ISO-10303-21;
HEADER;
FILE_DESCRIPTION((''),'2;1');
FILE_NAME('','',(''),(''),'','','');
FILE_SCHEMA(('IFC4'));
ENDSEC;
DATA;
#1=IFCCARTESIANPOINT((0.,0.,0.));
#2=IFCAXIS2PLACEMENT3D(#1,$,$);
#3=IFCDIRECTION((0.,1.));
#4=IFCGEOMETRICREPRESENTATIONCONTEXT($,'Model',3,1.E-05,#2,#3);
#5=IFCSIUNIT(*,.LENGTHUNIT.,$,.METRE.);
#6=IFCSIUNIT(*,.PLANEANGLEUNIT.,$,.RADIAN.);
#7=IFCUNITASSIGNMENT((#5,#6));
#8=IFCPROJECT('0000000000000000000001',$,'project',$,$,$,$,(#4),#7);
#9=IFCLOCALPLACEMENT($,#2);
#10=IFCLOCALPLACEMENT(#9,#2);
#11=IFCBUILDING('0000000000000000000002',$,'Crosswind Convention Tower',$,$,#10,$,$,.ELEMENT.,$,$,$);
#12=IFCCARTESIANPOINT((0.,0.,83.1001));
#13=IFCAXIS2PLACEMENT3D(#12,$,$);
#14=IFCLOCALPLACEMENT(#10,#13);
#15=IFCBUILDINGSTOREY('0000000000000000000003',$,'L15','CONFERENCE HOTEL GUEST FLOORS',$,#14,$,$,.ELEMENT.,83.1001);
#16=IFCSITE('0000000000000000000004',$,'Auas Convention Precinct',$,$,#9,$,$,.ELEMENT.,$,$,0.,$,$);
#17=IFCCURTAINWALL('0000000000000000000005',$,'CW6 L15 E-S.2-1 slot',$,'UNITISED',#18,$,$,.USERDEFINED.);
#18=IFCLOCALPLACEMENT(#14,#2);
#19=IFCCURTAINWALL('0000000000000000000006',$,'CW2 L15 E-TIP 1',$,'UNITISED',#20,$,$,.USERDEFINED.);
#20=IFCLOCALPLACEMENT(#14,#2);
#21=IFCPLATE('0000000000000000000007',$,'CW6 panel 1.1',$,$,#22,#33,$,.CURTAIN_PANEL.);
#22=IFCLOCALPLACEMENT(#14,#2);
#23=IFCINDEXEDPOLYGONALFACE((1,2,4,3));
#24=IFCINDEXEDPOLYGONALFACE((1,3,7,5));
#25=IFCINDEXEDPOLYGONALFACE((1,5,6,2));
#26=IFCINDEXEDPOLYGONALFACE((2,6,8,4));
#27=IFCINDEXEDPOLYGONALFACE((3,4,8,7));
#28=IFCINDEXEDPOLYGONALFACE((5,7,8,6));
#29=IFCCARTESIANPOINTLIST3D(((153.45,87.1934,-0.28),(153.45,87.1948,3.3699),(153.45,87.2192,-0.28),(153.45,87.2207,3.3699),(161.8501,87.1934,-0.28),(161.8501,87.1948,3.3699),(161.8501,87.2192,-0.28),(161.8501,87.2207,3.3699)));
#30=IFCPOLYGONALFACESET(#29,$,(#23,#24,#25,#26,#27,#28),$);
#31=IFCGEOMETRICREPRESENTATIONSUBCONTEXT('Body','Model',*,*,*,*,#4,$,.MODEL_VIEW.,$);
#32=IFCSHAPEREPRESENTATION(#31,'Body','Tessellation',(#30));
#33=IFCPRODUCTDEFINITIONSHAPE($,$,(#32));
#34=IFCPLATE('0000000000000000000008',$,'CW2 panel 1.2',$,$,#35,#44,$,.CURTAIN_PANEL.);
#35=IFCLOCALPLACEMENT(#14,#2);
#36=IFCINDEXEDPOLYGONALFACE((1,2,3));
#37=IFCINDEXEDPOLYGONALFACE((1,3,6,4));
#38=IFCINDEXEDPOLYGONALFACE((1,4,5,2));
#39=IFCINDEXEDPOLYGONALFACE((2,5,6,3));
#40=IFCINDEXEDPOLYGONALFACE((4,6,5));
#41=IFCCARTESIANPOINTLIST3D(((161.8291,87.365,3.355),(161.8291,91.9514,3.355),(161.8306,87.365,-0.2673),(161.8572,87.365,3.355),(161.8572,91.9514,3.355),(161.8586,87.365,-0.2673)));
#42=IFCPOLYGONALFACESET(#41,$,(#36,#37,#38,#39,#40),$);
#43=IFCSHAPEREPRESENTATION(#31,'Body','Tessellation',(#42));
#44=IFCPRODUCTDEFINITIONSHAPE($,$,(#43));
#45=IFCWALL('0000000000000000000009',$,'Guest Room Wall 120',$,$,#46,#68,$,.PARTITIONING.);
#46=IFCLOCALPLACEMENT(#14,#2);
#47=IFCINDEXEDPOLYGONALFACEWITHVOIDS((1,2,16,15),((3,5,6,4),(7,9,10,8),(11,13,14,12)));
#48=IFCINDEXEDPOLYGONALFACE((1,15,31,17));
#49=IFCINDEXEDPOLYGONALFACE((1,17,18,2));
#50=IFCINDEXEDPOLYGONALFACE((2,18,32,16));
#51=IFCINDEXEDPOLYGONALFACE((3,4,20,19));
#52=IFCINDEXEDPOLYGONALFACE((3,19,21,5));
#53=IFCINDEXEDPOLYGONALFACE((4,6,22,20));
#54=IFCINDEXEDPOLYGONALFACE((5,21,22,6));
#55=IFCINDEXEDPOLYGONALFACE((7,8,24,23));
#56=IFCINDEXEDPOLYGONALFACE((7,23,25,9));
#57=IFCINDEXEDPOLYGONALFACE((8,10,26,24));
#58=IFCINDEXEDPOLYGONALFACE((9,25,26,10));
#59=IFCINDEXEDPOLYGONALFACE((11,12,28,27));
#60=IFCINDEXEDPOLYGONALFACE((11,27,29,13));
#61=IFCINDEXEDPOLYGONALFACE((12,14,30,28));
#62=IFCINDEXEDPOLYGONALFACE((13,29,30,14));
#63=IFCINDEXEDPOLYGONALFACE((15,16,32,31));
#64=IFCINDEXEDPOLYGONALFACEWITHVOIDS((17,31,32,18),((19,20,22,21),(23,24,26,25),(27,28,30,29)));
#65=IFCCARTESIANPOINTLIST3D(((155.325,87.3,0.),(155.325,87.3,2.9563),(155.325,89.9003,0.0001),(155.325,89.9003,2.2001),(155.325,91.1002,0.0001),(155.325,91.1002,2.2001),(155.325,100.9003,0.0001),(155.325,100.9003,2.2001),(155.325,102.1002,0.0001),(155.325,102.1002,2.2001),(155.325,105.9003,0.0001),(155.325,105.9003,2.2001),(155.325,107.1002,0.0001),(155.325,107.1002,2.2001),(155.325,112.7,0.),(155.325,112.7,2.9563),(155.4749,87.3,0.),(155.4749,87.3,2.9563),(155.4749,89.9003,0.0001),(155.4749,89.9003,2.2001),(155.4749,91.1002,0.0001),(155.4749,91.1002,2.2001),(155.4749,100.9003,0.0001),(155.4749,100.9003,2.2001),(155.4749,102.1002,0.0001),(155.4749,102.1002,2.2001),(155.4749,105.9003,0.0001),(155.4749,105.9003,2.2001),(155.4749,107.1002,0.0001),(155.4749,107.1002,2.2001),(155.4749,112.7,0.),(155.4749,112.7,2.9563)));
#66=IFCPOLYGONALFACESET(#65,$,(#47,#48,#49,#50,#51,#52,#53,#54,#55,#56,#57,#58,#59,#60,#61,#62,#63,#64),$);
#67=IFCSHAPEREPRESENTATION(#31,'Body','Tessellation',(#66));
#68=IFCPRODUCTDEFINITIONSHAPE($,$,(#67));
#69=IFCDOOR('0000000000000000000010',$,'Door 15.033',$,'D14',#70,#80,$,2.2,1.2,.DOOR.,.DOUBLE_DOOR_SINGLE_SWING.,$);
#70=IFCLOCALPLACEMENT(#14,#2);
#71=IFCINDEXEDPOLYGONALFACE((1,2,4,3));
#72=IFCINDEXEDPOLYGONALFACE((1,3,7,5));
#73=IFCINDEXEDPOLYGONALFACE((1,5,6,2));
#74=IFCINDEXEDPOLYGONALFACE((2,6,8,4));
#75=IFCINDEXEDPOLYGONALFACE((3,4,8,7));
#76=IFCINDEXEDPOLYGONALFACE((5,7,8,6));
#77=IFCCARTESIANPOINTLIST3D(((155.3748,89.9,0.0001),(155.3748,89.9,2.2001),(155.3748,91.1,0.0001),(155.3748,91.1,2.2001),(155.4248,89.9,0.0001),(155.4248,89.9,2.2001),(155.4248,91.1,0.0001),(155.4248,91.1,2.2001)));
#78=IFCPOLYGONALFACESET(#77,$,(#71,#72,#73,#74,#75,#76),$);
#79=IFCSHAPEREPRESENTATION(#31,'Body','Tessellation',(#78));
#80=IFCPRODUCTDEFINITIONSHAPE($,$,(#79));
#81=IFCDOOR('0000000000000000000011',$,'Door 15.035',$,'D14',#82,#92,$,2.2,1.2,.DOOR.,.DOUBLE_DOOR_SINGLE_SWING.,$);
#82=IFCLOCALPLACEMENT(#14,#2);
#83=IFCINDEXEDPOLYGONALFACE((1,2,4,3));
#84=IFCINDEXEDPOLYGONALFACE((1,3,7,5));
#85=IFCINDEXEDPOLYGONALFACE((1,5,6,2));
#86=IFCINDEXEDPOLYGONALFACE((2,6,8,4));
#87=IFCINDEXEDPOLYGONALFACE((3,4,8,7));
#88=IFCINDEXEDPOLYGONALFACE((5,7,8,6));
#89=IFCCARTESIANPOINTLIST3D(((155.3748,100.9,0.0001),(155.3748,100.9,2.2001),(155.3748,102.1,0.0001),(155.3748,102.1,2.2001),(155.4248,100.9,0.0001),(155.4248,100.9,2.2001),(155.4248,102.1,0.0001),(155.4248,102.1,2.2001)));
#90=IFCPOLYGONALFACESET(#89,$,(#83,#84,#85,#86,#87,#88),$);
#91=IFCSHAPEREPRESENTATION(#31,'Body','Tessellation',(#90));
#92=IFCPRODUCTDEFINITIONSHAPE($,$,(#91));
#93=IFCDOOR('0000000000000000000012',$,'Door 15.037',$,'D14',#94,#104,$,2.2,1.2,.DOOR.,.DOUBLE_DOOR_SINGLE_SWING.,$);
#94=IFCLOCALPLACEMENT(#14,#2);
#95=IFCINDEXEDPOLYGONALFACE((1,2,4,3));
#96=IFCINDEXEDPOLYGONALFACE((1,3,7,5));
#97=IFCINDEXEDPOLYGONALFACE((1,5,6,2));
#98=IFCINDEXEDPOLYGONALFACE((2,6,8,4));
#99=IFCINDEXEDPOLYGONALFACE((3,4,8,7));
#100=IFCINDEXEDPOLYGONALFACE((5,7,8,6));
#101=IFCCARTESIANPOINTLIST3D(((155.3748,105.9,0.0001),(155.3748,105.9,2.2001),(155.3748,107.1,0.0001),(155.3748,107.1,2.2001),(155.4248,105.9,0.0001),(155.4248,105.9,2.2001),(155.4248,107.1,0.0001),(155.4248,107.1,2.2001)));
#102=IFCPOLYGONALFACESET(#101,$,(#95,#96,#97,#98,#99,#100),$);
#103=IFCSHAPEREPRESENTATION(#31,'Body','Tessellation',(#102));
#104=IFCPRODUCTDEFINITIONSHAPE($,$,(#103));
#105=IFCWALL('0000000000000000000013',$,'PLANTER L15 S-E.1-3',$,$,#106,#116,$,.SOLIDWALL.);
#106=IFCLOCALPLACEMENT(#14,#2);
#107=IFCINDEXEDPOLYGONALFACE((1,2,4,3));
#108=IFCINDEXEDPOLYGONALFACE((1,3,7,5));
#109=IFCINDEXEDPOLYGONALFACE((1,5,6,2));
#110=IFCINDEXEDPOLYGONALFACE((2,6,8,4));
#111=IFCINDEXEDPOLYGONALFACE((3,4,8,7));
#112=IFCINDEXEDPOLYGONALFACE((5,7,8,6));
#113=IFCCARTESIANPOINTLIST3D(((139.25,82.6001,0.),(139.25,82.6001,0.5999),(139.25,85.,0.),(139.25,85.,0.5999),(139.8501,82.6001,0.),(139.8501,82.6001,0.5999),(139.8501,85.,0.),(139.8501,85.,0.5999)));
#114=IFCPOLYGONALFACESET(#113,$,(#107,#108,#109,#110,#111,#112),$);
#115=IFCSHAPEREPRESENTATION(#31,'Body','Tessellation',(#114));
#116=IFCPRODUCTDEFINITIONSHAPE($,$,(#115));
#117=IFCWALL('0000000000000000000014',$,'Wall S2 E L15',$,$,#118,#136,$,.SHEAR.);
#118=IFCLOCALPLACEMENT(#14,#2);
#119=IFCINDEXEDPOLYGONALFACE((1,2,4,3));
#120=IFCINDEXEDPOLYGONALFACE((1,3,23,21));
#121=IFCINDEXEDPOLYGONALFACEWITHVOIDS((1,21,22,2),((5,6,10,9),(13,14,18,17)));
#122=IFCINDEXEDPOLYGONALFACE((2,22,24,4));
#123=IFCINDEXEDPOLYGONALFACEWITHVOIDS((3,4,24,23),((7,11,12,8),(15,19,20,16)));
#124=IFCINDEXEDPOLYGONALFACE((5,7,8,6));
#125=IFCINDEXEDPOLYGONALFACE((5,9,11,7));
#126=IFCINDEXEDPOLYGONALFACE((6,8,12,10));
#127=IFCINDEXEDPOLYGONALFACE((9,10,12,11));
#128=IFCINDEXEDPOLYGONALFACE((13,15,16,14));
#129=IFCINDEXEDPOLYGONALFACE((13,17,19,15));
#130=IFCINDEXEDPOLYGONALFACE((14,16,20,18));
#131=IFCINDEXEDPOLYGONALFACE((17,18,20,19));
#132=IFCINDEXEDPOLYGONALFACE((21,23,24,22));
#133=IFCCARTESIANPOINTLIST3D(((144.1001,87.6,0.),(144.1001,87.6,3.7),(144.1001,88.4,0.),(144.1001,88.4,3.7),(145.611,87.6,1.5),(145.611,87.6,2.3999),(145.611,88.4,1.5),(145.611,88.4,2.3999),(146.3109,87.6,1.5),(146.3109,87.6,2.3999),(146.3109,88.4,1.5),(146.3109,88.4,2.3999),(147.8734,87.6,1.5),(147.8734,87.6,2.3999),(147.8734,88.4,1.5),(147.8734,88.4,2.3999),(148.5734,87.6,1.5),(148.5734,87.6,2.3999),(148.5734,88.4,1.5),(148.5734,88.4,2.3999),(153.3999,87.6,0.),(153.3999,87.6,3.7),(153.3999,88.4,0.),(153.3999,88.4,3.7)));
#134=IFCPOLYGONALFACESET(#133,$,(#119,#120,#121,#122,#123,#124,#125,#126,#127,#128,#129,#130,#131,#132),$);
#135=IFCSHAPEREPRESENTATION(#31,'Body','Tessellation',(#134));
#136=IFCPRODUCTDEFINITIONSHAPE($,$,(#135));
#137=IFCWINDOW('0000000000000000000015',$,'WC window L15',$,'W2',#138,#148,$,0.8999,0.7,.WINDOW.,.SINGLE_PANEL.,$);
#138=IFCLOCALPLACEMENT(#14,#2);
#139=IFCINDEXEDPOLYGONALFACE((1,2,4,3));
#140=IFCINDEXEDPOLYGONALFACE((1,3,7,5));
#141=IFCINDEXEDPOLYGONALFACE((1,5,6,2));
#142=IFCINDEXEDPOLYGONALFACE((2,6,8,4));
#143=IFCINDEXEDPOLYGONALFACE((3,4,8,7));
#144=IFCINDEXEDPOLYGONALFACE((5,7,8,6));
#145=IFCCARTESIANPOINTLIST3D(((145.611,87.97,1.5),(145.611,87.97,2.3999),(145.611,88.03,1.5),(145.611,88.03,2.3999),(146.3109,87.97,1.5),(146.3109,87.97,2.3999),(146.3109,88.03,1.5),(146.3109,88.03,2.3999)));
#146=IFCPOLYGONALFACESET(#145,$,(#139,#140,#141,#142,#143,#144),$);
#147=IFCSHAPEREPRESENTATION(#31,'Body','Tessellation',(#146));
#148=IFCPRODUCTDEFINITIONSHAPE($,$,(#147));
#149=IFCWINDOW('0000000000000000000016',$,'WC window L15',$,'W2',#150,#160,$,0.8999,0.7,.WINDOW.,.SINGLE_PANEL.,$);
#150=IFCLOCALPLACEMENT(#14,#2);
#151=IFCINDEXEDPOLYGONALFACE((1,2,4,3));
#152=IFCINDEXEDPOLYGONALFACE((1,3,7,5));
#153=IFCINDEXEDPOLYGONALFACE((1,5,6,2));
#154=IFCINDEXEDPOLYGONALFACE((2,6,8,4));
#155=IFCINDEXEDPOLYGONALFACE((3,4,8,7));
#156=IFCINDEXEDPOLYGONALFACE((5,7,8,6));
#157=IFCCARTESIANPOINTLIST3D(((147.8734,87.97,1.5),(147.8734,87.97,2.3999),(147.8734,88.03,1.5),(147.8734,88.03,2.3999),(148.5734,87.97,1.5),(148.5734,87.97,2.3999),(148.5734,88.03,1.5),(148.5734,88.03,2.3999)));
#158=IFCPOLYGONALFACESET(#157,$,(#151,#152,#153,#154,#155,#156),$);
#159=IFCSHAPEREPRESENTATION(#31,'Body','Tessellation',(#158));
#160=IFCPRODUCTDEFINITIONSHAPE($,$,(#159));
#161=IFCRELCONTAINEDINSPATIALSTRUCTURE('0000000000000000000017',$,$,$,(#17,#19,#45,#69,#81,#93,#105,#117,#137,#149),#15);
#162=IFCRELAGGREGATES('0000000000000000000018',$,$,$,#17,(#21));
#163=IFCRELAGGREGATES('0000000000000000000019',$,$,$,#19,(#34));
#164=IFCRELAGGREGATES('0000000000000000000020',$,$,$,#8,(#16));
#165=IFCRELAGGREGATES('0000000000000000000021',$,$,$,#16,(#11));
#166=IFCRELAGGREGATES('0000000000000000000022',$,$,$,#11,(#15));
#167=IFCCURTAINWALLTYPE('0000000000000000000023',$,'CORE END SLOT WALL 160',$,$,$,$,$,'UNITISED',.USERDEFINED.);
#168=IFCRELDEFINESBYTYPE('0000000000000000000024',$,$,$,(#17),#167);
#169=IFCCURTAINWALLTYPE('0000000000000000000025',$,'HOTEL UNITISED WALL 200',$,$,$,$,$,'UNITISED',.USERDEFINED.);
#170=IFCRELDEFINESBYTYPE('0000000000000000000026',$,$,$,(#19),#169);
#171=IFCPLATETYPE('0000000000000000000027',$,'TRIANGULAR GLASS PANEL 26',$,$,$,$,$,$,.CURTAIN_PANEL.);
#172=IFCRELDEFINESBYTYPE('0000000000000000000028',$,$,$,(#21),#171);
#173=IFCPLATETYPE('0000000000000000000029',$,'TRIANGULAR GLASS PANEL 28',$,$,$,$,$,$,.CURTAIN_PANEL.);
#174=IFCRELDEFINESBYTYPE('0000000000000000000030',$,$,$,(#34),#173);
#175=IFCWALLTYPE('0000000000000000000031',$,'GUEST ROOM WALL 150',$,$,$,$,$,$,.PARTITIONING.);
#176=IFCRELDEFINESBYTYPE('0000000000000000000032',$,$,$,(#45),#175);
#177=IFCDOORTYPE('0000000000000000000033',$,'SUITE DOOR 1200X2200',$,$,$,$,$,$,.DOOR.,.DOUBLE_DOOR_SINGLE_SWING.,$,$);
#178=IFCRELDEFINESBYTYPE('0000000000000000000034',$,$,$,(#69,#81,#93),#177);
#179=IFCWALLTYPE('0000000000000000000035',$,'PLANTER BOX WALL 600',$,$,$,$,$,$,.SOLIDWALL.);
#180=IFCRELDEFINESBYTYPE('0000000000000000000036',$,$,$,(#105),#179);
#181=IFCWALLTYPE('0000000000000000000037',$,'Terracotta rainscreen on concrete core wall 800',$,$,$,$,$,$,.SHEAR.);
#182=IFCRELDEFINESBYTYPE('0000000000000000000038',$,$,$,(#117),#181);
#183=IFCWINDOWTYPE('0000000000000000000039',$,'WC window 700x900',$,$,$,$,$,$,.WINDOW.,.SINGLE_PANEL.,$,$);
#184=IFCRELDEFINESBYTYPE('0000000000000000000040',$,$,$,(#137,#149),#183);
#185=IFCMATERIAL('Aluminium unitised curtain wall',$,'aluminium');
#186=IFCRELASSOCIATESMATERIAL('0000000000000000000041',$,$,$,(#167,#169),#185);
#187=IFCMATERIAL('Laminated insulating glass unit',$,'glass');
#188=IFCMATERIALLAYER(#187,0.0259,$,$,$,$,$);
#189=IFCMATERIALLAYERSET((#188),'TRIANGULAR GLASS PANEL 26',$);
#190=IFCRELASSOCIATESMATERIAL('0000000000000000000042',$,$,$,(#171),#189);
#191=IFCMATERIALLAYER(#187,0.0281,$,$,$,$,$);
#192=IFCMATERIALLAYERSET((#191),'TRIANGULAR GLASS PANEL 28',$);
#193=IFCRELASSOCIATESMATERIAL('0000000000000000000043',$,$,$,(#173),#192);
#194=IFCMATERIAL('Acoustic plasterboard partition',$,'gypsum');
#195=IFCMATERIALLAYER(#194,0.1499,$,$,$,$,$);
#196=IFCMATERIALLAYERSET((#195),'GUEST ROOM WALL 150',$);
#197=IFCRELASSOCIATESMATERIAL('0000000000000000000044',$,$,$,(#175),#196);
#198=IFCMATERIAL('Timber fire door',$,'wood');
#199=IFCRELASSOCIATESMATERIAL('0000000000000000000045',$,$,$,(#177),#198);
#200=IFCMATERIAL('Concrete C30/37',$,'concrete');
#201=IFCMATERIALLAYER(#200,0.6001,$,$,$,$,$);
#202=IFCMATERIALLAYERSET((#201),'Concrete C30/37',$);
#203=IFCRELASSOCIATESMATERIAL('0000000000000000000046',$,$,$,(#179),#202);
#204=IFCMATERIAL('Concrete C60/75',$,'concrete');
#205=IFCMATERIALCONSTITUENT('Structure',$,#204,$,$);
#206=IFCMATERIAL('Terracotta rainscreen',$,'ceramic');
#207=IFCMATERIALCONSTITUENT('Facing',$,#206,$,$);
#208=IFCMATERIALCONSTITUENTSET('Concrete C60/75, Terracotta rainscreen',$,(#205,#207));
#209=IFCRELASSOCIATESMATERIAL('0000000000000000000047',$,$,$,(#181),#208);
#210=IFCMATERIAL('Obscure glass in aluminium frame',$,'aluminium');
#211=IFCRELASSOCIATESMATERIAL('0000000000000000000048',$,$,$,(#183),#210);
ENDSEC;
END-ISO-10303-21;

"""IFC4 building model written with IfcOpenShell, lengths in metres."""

from ifc_helpers import new_model, si_unit, direction, frame, frame_2d, origin, place, context, subcontext, project, spatial, polyline, rectangle, outline, extrude, material, layer, layer_set, constituent, constituent_set, type_object, element, fill, aggregate, save


model = new_model("IFC4")

# Units and contexts
model_context = context("Model", 3, precision=1e-05, world=origin(), true_north=direction((0.0, 1.0)))
body_context = subcontext(model_context, "Body", "Model", "MODEL_VIEW")
ifc_project = project(units=[si_unit("LENGTHUNIT", "METRE"), si_unit("PLANEANGLEUNIT", "RADIAN")], contexts=[model_context])

# Site, building, storey
site_placement = place(None, origin())
site = spatial("IfcSite", under=ifc_project, at=site_placement, Name="Auas Convention Precinct", CompositionType="ELEMENT", RefElevation=0.0)
building_placement = place(site_placement, origin())
building = spatial("IfcBuilding", under=site, at=building_placement, Name="Crosswind Convention Tower", CompositionType="ELEMENT")
storey_placement = place(building_placement, frame((0.0, 0.0, 83.1001)))
storey = spatial("IfcBuildingStorey", under=building, at=storey_placement, Name="L15", Description="CONFERENCE HOTEL GUEST FLOORS", CompositionType="ELEMENT", Elevation=83.1001)

# Shared definitions
ifc_material_1 = material(Name="Concrete C60/75", Category="concrete")

# Curtain wall
ifc_material_2 = material(Name="Aluminium unitised curtain wall", Category="aluminium")
curtain_wall_type_1 = type_object("IfcCurtainWallType", Name="CORE END SLOT WALL 160", ElementType="UNITISED", PredefinedType="USERDEFINED", material=ifc_material_2)
curtain_wall_1_placement = place(storey_placement, origin())
curtain_wall_1 = element("IfcCurtainWall", 1, at=curtain_wall_1_placement, inside=storey, type_object=curtain_wall_type_1, Name="CW6 L15 E-S.2-1 slot", ObjectType="UNITISED", PredefinedType="USERDEFINED")

# Curtain wall
curtain_wall_type_2 = type_object("IfcCurtainWallType", Name="HOTEL UNITISED WALL 200", ElementType="UNITISED", PredefinedType="USERDEFINED", material=ifc_material_2)
curtain_wall_2_placement = place(storey_placement, origin())
curtain_wall_2 = element("IfcCurtainWall", 2, at=curtain_wall_2_placement, inside=storey, type_object=curtain_wall_type_2, Name="CW2 L15 E-TIP 1", ObjectType="UNITISED", PredefinedType="USERDEFINED")

# Plates
ifc_material_3 = material(Name="Laminated insulating glass unit", Category="glass")
ifc_layer_1 = layer(ifc_material_3, 0.0259)
ifc_layer_set_1 = layer_set([ifc_layer_1], Name="TRIANGULAR GLASS PANEL 26")
plate_type_1 = type_object("IfcPlateType", Name="TRIANGULAR GLASS PANEL 26", PredefinedType="CURTAIN_PANEL", material=ifc_layer_set_1)
plate_1_placement = place(storey_placement, frame((153.45, 87.1934, -0.28), z_axis=(0.0, -1.0, 0.000401), x_axis=(1.0, 0.0, 0.0)))
plate_1 = element("IfcPlate", 3, at=plate_1_placement, type_object=plate_type_1, Name="CW6 panel 1.1", PredefinedType="CURTAIN_PANEL", context=body_context, shape_type="SweptSolid", body=[
    extrude(outline(polyline([(0.0, 0.0), (8.4001, 0.0), (8.4001, 3.6499), (0.0, 3.6499), (0.0, 0.0)])), origin(), (0.0, 0.0, -1.0), 0.0259),
])
aggregate(curtain_wall_1, [plate_1])
ifc_layer_2 = layer(ifc_material_3, 0.0281)
ifc_layer_set_2 = layer_set([ifc_layer_2], Name="TRIANGULAR GLASS PANEL 28")
plate_type_2 = type_object("IfcPlateType", Name="TRIANGULAR GLASS PANEL 28", PredefinedType="CURTAIN_PANEL", material=ifc_layer_set_2)
plate_2_placement = place(storey_placement, frame((161.8572, 87.365, 3.355), z_axis=(1.0, 0.0, 0.000404), x_axis=(0.000404, 0.0, -1.0)))
plate_2 = element("IfcPlate", 4, at=plate_2_placement, type_object=plate_type_2, Name="CW2 panel 1.2", PredefinedType="CURTAIN_PANEL", context=body_context, shape_type="SweptSolid", body=[
    extrude(outline(polyline([(0.0, 0.0), (3.6223, 0.0), (0.0, 4.5864), (0.0, 0.0)])), origin(), (0.0, 0.0, -1.0), 0.0281),
])

# Wall, openings, doors
ifc_material_4 = material(Name="Acoustic plasterboard partition", Category="gypsum")
ifc_layer_3 = layer(ifc_material_4, 0.1499)
ifc_layer_set_3 = layer_set([ifc_layer_3], Name="GUEST ROOM WALL 150")
wall_type_1 = type_object("IfcWallType", Name="GUEST ROOM WALL 150", PredefinedType="PARTITIONING", material=ifc_layer_set_3)
wall_1_placement = place(storey_placement, frame((155.3999, 87.3, 0.0), z_axis=(0.0, 0.0, 1.0), x_axis=(0.0, 1.0, 0.0)))
wall_1 = element("IfcWall", 5, at=wall_1_placement, inside=storey, type_object=wall_type_1, Name="Guest Room Wall 120", PredefinedType="PARTITIONING", context=body_context, shape_type="SweptSolid", body=[
    extrude(rectangle(XDim=25.3999, YDim=0.1499, at=frame_2d((12.7, 0.0))), origin(), (0.0, 0.0, 1.0), 2.9563),
])
opening_1_placement = place(wall_1_placement, frame((2.6001, 0.0, 0.0)))
opening_1 = element("IfcOpeningElement", 6, at=opening_1_placement, cuts=wall_1, PredefinedType="OPENING", context=body_context, shape_type="SweptSolid", body=[
    extrude(rectangle(XDim=1.2, YDim=2.2, at=frame_2d((0.6001, 1.1001))), frame((0.0, 0.085, 0.0), z_axis=(0.0, -1.0, 0.0), x_axis=(1.0, 0.0, 0.0)), (0.0, 0.0, 1.0), 0.1699),
])
opening_2_placement = place(wall_1_placement, frame((13.6001, 0.0, 0.0)))
opening_2 = element("IfcOpeningElement", 7, at=opening_2_placement, cuts=wall_1, PredefinedType="OPENING", context=body_context, shape_type="SweptSolid", body=[
    extrude(rectangle(XDim=1.2, YDim=2.2, at=frame_2d((0.6001, 1.1001))), frame((0.0, 0.085, 0.0), z_axis=(0.0, -1.0, 0.0), x_axis=(1.0, 0.0, 0.0)), (0.0, 0.0, 1.0), 0.1699),
])
opening_3_placement = place(wall_1_placement, frame((18.6001, 0.0, 0.0)))
opening_3 = element("IfcOpeningElement", 8, at=opening_3_placement, cuts=wall_1, PredefinedType="OPENING", context=body_context, shape_type="SweptSolid", body=[
    extrude(rectangle(XDim=1.2, YDim=2.2, at=frame_2d((0.6001, 1.1001))), frame((0.0, 0.085, 0.0), z_axis=(0.0, -1.0, 0.0), x_axis=(1.0, 0.0, 0.0)), (0.0, 0.0, 1.0), 0.1699),
])
ifc_material_5 = material(Name="Timber fire door", Category="wood")
door_type = type_object("IfcDoorType", Name="SUITE DOOR 1200X2200", OperationType="DOUBLE_DOOR_SINGLE_SWING", PredefinedType="DOOR", material=ifc_material_5)
door_1_placement = place(opening_1_placement, frame((1.2, 0.0, 0.0), z_axis=(0.0, 0.0, 1.0), x_axis=(-1.0, 0.0, 0.0)))
door_1 = element("IfcDoor", 9, at=door_1_placement, inside=storey, type_object=door_type, Name="Door 15.033", ObjectType="D14", OperationType="DOUBLE_DOOR_SINGLE_SWING", OverallHeight=2.2, OverallWidth=1.2, PredefinedType="DOOR", context=body_context, shape_type="SweptSolid", body=[
    extrude(rectangle(XDim=1.2, YDim=2.2, at=frame_2d((0.6001, 1.1001))), frame((0.0, 0.0249, 0.0), z_axis=(0.0, -1.0, 0.0), x_axis=(1.0, 0.0, 0.0)), (0.0, 0.0, 1.0), 0.05),
])
fill(opening_1, door_1)
door_2_placement = place(opening_2_placement, frame((1.2, 0.0, 0.0), z_axis=(0.0, 0.0, 1.0), x_axis=(-1.0, 0.0, 0.0)))
door_2 = element("IfcDoor", 10, at=door_2_placement, inside=storey, type_object=door_type, Name="Door 15.035", ObjectType="D14", OperationType="DOUBLE_DOOR_SINGLE_SWING", OverallHeight=2.2, OverallWidth=1.2, PredefinedType="DOOR", context=body_context, shape_type="SweptSolid", body=[
    extrude(rectangle(XDim=1.2, YDim=2.2, at=frame_2d((0.6001, 1.1001))), frame((0.0, 0.0249, 0.0), z_axis=(0.0, -1.0, 0.0), x_axis=(1.0, 0.0, 0.0)), (0.0, 0.0, 1.0), 0.05),
])
fill(opening_2, door_2)
door_3_placement = place(opening_3_placement, frame((1.2, 0.0, 0.0), z_axis=(0.0, 0.0, 1.0), x_axis=(-1.0, 0.0, 0.0)))
door_3 = element("IfcDoor", 11, at=door_3_placement, inside=storey, type_object=door_type, Name="Door 15.037", ObjectType="D14", OperationType="DOUBLE_DOOR_SINGLE_SWING", OverallHeight=2.2, OverallWidth=1.2, PredefinedType="DOOR", context=body_context, shape_type="SweptSolid", body=[
    extrude(rectangle(XDim=1.2, YDim=2.2, at=frame_2d((0.6001, 1.1001))), frame((0.0, 0.0249, 0.0), z_axis=(0.0, -1.0, 0.0), x_axis=(1.0, 0.0, 0.0)), (0.0, 0.0, 1.0), 0.05),
])
fill(opening_3, door_3)

# Wall
ifc_material_6 = material(Name="Concrete C30/37", Category="concrete")
ifc_layer_4 = layer(ifc_material_6, 0.6001)
ifc_layer_set_4 = layer_set([ifc_layer_4], Name="Concrete C30/37")
wall_type_2 = type_object("IfcWallType", Name="PLANTER BOX WALL 600", PredefinedType="SOLIDWALL", material=ifc_layer_set_4)
wall_2_placement = place(storey_placement, frame((139.55, 82.6001, 0.0), z_axis=(0.0, 0.0, 1.0), x_axis=(0.0, 1.0, 0.0)))
element("IfcWall", 12, at=wall_2_placement, inside=storey, type_object=wall_type_2, Name="PLANTER L15 S-E.1-3", PredefinedType="SOLIDWALL", context=body_context, shape_type="SweptSolid", body=[
    extrude(rectangle(XDim=2.3999, YDim=0.6001, at=frame_2d((1.2, 0.0))), origin(), (0.0, 0.0, 1.0), 0.5999),
])

# Wall, openings, windows
ifc_constituent_1 = constituent(ifc_material_1, Name="Structure")
ifc_material_7 = material(Name="Terracotta rainscreen", Category="ceramic")
ifc_constituent_2 = constituent(ifc_material_7, Name="Facing")
ifc_constituent_set = constituent_set(constituents=[ifc_constituent_1, ifc_constituent_2], Name="Concrete C60/75, Terracotta rainscreen")
wall_type_3 = type_object("IfcWallType", Name="Terracotta rainscreen on concrete core wall 800", PredefinedType="SHEAR", material=ifc_constituent_set)
wall_3_placement = place(storey_placement, frame((144.1001, 88.0, 0.0), z_axis=(0.0, 0.0, 1.0), x_axis=(1.0, 0.0, 0.0)))
wall_3 = element("IfcWall", 13, at=wall_3_placement, inside=storey, type_object=wall_type_3, Name="Wall S2 E L15", PredefinedType="SHEAR", context=body_context, shape_type="SweptSolid", body=[
    extrude(rectangle(XDim=9.2998, YDim=0.8, at=frame_2d((4.6499, 0.0))), origin(), (0.0, 0.0, 1.0), 3.7),
])
opening_4_placement = place(wall_3_placement, frame((1.5107, 0.0, 1.5)))
opening_4 = element("IfcOpeningElement", 14, at=opening_4_placement, cuts=wall_3, PredefinedType="OPENING", context=body_context, shape_type="SweptSolid", body=[
    extrude(rectangle(XDim=0.7, YDim=0.8999, at=frame_2d((0.3501, 0.45))), frame((0.0, 0.4099, 0.0), z_axis=(0.0, -1.0, 0.0), x_axis=(1.0, 0.0, 0.0)), (0.0, 0.0, 1.0), 0.8201),
])
opening_5_placement = place(wall_3_placement, frame((3.7732, 0.0, 1.5)))
opening_5 = element("IfcOpeningElement", 15, at=opening_5_placement, cuts=wall_3, PredefinedType="OPENING", context=body_context, shape_type="SweptSolid", body=[
    extrude(rectangle(XDim=0.7, YDim=0.8999, at=frame_2d((0.3501, 0.45))), frame((0.0, 0.4099, 0.0), z_axis=(0.0, -1.0, 0.0), x_axis=(1.0, 0.0, 0.0)), (0.0, 0.0, 1.0), 0.8201),
])
ifc_material_8 = material(Name="Obscure glass in aluminium frame", Category="aluminium")
window_type = type_object("IfcWindowType", Name="WC window 700x900", PartitioningType="SINGLE_PANEL", PredefinedType="WINDOW", material=ifc_material_8)
window_1_placement = place(opening_4_placement, origin())
window_1 = element("IfcWindow", 16, at=window_1_placement, inside=storey, type_object=window_type, Name="WC window L15", ObjectType="W2", OverallHeight=0.8999, OverallWidth=0.7, PartitioningType="SINGLE_PANEL", PredefinedType="WINDOW", context=body_context, shape_type="SweptSolid", body=[
    extrude(rectangle(XDim=0.7, YDim=0.8999, at=frame_2d((0.3501, 0.45))), frame((0.0, 0.03, 0.0), z_axis=(0.0, -1.0, 0.0), x_axis=(1.0, 0.0, 0.0)), (0.0, 0.0, 1.0), 0.0601),
])
fill(opening_4, window_1)
window_2_placement = place(opening_5_placement, origin())
window_2 = element("IfcWindow", 17, at=window_2_placement, inside=storey, type_object=window_type, Name="WC window L15", ObjectType="W2", OverallHeight=0.8999, OverallWidth=0.7, PartitioningType="SINGLE_PANEL", PredefinedType="WINDOW", context=body_context, shape_type="SweptSolid", body=[
    extrude(rectangle(XDim=0.7, YDim=0.8999, at=frame_2d((0.3501, 0.45))), frame((0.0, 0.03, 0.0), z_axis=(0.0, -1.0, 0.0), x_axis=(1.0, 0.0, 0.0)), (0.0, 0.0, 1.0), 0.0601),
])
fill(opening_5, window_2)

aggregate(curtain_wall_2, [plate_2])

save(model, "model.ifc")
